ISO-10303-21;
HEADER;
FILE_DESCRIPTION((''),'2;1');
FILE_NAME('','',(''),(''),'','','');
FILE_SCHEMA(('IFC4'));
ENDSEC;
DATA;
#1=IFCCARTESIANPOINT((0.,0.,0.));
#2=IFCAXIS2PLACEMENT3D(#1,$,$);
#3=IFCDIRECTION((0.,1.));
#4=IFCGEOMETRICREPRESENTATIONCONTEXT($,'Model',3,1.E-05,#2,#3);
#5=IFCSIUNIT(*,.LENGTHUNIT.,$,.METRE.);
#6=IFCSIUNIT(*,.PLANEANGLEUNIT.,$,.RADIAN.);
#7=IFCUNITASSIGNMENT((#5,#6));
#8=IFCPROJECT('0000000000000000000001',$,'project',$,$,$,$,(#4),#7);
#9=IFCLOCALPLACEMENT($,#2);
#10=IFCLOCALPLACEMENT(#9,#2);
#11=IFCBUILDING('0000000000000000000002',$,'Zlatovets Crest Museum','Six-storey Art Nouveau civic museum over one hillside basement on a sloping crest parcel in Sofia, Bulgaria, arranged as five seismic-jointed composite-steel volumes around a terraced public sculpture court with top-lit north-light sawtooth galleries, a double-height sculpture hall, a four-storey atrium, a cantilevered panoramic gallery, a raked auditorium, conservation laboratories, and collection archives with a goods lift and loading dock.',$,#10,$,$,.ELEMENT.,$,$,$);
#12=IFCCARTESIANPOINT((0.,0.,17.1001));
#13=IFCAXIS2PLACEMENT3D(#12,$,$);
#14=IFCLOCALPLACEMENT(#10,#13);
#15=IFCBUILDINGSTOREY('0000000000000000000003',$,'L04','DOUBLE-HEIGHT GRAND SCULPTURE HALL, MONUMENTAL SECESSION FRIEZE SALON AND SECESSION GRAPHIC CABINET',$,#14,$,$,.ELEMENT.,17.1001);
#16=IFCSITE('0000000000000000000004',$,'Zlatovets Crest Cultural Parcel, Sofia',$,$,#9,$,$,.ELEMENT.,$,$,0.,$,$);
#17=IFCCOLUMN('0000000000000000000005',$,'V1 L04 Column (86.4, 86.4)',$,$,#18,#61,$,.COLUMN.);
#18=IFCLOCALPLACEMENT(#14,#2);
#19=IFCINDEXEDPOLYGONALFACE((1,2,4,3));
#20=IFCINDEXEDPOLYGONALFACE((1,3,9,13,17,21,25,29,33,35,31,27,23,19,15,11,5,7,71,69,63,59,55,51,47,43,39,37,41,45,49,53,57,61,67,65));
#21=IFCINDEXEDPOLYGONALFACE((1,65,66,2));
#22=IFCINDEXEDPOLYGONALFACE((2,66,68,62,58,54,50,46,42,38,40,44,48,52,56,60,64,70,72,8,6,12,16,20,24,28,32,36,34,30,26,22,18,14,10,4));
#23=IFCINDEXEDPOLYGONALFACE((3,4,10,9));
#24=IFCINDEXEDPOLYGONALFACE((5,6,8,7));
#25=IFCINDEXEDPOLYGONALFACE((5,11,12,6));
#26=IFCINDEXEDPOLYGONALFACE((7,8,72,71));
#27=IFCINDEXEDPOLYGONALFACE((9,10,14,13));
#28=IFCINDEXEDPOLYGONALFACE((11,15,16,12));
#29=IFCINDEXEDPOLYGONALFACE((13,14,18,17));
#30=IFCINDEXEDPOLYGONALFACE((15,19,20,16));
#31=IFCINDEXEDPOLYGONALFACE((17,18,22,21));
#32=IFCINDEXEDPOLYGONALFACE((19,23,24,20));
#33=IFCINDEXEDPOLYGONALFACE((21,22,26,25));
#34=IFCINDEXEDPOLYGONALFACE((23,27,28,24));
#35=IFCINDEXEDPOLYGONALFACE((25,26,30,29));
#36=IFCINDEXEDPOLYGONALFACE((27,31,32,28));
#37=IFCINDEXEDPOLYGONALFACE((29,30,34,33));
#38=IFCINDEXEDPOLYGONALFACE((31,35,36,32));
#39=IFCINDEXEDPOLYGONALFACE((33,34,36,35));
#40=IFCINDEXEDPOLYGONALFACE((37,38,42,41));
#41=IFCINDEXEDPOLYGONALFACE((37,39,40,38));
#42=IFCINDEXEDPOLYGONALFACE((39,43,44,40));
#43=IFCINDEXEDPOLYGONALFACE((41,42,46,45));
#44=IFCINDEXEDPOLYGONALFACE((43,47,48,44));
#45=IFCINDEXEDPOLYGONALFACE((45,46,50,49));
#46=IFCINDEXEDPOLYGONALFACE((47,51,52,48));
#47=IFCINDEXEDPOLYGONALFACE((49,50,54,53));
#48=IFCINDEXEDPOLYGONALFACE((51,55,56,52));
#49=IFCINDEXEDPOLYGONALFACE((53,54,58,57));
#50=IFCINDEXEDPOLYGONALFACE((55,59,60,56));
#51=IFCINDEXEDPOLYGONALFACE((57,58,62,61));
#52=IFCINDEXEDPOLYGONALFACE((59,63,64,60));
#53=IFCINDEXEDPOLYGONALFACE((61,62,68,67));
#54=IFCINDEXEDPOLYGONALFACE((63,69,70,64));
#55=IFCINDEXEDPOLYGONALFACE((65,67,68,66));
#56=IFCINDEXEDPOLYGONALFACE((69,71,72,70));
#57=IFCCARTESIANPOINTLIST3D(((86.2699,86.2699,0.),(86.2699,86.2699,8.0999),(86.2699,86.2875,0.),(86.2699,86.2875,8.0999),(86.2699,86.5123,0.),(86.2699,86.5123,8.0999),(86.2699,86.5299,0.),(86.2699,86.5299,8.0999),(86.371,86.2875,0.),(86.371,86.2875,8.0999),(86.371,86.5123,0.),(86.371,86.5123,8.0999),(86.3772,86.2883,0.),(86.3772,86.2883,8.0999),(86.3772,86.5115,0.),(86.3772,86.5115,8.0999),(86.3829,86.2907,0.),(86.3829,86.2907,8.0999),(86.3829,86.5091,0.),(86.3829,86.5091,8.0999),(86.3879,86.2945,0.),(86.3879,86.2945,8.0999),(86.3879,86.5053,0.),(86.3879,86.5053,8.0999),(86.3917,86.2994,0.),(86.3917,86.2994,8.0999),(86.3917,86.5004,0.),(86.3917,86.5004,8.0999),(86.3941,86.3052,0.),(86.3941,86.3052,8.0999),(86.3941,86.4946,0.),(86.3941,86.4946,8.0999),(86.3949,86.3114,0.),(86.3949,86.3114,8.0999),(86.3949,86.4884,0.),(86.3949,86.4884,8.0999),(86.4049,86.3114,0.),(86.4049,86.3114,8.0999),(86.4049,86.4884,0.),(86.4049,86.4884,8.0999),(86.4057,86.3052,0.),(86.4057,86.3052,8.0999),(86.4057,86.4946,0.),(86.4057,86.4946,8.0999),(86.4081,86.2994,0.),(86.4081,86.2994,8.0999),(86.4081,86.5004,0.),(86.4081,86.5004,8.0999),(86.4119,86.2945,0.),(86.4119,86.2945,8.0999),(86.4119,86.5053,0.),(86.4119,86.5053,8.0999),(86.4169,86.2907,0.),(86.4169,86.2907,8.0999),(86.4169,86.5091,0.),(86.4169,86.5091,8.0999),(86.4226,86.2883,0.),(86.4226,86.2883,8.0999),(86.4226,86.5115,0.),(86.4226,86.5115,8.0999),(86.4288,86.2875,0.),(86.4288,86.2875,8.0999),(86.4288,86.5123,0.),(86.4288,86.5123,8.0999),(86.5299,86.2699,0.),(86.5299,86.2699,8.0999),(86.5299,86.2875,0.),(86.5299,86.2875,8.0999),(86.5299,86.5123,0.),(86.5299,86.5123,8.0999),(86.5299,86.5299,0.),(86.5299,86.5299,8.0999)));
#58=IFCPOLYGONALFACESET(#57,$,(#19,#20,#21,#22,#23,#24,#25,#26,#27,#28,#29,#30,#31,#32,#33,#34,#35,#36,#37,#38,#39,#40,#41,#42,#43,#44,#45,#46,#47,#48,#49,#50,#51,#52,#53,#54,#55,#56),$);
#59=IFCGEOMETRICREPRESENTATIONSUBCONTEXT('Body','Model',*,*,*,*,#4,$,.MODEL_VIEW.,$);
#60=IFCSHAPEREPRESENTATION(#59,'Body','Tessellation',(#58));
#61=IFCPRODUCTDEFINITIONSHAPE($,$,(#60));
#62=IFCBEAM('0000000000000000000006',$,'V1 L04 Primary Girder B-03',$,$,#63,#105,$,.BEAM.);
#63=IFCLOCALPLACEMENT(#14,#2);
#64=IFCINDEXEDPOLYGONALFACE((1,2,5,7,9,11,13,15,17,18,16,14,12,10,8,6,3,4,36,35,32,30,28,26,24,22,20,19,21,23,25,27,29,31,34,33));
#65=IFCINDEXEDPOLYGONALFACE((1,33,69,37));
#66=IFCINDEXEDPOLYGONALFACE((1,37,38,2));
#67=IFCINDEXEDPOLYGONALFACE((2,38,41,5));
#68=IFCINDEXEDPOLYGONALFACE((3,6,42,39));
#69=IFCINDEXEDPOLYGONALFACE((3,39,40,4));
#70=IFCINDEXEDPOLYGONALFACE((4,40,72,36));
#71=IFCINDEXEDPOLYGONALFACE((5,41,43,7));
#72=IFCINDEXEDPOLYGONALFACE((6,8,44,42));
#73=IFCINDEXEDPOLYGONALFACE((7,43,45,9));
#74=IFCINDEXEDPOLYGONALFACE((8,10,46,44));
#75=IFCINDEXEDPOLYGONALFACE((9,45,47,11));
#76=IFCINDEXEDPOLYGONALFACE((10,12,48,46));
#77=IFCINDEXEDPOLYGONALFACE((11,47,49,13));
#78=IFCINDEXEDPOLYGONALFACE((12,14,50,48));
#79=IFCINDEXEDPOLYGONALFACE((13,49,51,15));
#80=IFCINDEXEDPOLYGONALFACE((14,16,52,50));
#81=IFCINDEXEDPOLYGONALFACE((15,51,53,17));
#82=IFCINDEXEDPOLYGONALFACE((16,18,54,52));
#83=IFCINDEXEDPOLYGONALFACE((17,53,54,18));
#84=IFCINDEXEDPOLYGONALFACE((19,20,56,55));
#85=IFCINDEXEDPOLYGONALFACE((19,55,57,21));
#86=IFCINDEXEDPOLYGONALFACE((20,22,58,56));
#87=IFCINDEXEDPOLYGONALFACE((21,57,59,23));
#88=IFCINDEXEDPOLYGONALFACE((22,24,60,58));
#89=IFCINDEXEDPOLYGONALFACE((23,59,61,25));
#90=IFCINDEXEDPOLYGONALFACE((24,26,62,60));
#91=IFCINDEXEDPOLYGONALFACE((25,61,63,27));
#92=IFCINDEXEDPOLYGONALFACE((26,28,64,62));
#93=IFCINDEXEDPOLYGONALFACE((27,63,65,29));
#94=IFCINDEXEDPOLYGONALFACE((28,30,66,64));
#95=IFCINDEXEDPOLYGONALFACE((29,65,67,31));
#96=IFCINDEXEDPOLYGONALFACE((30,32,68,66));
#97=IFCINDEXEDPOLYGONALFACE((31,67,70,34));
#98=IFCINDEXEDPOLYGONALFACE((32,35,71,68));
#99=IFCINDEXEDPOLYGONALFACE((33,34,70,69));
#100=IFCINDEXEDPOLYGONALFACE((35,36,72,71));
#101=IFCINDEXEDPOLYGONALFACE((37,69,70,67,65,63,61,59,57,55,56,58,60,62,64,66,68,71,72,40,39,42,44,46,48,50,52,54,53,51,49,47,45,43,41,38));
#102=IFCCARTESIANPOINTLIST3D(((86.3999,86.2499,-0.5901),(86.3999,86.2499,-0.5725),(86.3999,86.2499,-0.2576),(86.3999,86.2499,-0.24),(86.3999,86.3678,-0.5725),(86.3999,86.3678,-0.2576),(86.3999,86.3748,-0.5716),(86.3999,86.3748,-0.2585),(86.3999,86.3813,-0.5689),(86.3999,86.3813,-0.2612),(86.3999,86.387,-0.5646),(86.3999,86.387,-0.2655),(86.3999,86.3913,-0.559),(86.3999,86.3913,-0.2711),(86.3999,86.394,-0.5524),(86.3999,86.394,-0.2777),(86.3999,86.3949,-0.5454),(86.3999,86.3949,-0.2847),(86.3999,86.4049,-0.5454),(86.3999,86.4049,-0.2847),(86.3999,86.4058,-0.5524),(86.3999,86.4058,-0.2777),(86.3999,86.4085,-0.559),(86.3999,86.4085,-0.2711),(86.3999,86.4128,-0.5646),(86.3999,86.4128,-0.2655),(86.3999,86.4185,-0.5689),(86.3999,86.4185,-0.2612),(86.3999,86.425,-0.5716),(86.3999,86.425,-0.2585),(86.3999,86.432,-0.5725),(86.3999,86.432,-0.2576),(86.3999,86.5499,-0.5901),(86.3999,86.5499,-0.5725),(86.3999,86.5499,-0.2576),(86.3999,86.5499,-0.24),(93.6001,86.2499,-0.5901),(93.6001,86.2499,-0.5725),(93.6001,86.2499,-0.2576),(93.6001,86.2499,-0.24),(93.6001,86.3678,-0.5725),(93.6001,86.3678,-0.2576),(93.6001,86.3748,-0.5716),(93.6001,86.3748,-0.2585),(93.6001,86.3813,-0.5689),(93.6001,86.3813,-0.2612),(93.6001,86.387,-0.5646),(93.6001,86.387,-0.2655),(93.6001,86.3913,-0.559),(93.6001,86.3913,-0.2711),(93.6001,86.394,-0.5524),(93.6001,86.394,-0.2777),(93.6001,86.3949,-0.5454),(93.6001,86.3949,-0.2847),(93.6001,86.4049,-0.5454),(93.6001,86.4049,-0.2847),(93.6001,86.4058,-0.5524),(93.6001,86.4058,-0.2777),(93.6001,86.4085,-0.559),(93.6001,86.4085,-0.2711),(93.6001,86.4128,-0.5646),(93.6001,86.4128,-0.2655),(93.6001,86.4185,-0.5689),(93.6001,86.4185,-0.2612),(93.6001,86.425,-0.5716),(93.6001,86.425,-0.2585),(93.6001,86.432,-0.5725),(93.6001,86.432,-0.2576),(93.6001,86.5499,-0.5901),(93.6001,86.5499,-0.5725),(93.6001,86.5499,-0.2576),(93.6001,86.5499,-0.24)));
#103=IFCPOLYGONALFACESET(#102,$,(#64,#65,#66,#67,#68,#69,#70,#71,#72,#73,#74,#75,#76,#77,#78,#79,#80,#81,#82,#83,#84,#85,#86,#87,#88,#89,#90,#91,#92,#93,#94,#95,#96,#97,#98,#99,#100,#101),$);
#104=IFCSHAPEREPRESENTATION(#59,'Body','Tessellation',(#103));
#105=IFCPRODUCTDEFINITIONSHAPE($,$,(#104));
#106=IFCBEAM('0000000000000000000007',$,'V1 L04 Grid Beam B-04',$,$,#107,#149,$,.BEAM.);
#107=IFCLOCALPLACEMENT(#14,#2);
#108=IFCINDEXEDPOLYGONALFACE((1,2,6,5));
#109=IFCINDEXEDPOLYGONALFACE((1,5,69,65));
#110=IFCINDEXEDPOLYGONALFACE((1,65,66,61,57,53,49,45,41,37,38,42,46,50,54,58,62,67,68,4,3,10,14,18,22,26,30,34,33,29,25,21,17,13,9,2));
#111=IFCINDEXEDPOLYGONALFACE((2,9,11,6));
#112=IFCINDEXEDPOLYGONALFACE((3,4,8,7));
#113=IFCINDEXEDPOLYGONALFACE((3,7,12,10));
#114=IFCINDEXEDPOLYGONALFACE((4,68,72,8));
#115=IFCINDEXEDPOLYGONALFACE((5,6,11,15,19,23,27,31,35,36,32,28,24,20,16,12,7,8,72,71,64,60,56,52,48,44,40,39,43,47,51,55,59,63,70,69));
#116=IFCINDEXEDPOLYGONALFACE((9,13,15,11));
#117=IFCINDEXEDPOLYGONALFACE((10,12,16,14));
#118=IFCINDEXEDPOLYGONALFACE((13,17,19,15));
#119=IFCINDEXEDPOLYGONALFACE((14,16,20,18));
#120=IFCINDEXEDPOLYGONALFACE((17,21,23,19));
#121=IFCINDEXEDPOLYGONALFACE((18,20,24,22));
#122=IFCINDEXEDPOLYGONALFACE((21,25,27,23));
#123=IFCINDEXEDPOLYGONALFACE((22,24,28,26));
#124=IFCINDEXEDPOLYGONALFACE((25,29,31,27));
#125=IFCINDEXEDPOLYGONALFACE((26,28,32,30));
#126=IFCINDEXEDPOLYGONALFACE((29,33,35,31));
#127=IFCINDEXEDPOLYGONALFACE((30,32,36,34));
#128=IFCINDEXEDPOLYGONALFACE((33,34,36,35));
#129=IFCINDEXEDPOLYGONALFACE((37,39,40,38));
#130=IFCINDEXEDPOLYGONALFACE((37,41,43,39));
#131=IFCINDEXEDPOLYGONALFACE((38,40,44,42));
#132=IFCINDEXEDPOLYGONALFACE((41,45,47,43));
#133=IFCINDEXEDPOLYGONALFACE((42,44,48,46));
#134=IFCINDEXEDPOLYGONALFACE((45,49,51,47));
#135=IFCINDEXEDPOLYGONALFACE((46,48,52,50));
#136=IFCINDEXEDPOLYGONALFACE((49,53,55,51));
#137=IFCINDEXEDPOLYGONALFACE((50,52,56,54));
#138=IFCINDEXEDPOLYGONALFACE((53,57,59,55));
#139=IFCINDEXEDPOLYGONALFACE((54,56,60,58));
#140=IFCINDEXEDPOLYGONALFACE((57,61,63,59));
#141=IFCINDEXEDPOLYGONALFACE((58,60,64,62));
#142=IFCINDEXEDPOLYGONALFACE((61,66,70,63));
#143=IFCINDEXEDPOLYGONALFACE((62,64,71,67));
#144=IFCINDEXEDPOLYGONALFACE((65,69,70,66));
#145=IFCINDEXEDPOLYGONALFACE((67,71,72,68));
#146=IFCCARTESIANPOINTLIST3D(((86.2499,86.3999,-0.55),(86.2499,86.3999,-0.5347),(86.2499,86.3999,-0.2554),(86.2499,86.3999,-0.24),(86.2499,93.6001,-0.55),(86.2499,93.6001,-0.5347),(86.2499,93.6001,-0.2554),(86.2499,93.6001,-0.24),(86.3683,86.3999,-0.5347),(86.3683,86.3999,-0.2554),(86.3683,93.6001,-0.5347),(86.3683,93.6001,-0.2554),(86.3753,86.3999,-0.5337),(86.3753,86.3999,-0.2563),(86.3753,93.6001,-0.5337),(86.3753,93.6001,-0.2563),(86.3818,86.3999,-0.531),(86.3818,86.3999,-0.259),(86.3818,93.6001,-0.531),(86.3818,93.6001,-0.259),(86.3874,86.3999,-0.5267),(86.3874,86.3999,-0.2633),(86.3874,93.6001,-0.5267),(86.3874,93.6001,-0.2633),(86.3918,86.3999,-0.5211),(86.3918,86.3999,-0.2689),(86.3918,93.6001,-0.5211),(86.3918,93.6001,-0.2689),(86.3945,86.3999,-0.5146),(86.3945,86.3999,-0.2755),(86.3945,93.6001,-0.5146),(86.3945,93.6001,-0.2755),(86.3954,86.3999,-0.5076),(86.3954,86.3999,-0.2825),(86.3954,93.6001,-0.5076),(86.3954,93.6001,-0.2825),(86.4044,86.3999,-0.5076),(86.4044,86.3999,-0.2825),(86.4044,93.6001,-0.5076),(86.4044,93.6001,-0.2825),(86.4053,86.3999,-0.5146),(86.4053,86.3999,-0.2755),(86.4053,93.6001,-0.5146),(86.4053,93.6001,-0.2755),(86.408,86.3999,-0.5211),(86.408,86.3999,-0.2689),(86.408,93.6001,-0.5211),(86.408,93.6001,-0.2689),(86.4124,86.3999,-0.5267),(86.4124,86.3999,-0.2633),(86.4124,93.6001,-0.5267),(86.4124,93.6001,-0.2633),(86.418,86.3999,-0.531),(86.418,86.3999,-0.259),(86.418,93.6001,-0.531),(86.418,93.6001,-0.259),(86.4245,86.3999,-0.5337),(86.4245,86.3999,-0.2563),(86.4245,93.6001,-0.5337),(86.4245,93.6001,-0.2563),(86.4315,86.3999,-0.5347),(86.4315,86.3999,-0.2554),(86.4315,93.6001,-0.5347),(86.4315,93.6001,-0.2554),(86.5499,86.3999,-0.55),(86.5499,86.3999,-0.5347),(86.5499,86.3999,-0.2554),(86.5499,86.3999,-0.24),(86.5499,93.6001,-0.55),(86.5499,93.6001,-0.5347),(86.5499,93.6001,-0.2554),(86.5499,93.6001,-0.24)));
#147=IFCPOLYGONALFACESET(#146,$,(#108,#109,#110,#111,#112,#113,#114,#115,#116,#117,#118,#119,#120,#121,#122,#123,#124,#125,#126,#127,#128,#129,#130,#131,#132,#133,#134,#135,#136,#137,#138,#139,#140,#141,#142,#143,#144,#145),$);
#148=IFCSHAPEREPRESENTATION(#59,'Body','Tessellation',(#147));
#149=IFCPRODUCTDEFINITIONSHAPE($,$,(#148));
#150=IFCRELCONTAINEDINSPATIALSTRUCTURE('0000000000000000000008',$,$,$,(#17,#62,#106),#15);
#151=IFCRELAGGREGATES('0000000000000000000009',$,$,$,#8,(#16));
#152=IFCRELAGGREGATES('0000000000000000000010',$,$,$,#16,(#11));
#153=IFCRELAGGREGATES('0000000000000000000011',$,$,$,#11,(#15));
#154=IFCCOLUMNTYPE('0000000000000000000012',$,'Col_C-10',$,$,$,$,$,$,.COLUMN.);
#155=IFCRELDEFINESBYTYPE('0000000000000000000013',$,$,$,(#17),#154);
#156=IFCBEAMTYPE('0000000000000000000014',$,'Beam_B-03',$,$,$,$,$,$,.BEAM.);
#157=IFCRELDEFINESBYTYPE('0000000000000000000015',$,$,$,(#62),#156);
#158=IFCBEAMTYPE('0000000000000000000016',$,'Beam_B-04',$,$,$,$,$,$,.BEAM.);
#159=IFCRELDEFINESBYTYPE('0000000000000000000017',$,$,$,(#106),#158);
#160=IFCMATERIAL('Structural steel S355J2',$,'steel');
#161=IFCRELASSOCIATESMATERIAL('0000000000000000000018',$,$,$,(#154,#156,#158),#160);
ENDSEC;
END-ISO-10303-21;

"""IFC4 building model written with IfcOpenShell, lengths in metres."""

from ifc_helpers import new_model, si_unit, direction, frame, origin, origin_2d, place, context, subcontext, project, spatial, i_section, extrude, material, material_profile, profile_set, type_object, element, save


model = new_model("IFC4")

# Units and contexts
model_context = context("Model", 3, precision=1e-05, world=origin(), true_north=direction((0.0, 1.0)))
body_context = subcontext(model_context, "Body", "Model", "MODEL_VIEW")
ifc_project = project(units=[si_unit("LENGTHUNIT", "METRE"), si_unit("PLANEANGLEUNIT", "RADIAN")], contexts=[model_context])

# Site, building, storey
site_placement = place(None, origin())
site = spatial("IfcSite", under=ifc_project, at=site_placement, Name="Zlatovets Crest Cultural Parcel, Sofia", CompositionType="ELEMENT", RefElevation=0.0)
building_placement = place(site_placement, origin())
building = spatial("IfcBuilding", under=site, at=building_placement, Name="Zlatovets Crest Museum", Description="Six-storey Art Nouveau civic museum over one hillside basement on a sloping crest parcel in Sofia, Bulgaria, arranged as five seismic-jointed composite-steel volumes around a terraced public sculpture court with top-lit north-light sawtooth galleries, a double-height sculpture hall, a four-storey atrium, a cantilevered panoramic gallery, a raked auditorium, conservation laboratories, and collection archives with a goods lift and loading dock.", CompositionType="ELEMENT")
storey_placement = place(building_placement, frame((0.0, 0.0, 17.1001)))
storey = spatial("IfcBuildingStorey", under=building, at=storey_placement, Name="L04", Description="DOUBLE-HEIGHT GRAND SCULPTURE HALL, MONUMENTAL SECESSION FRIEZE SALON AND SECESSION GRAPHIC CABINET", CompositionType="ELEMENT", Elevation=17.1001)

# Column
ifc_material_1 = material(Name="Structural steel S355J2", Category="steel")
ifc_material_profile_1 = material_profile(ifc_material_1, i_section(OverallWidth=0.26, OverallDepth=0.26, WebThickness=0.01, FlangeThickness=0.0176, FilletRadius=0.0239, at=origin_2d()), Name="HEB 260")
ifc_profile_set_1 = profile_set([ifc_material_profile_1], Name="Structural steel S355J2")
column_type = type_object("IfcColumnType", Name="Col_C-10", PredefinedType="COLUMN", material=ifc_profile_set_1)
column_placement = place(storey_placement, frame((86.3999, 86.3999, 0.0), z_axis=(0.0, 0.0, 1.0), x_axis=(1.0, 0.0, 0.0)))
element("IfcColumn", 1, at=column_placement, inside=storey, type_object=column_type, Name="V1 L04 Column (86.4, 86.4)", PredefinedType="COLUMN", context=body_context, shape_type="SweptSolid", body=[
    extrude(i_section(OverallWidth=0.26, OverallDepth=0.26, WebThickness=0.01, FlangeThickness=0.0176, FilletRadius=0.0239, at=origin_2d()), origin(), (0.0, 0.0, 1.0), 8.0999),
])

# Beams
ifc_material_profile_2 = material_profile(ifc_material_1, i_section(OverallWidth=0.3, OverallDepth=0.3501, WebThickness=0.01, FlangeThickness=0.0176, FilletRadius=0.0271, at=origin_2d()), Name="HEA 360")
ifc_profile_set_2 = profile_set([ifc_material_profile_2], Name="Structural steel S355J2")
beam_type_1 = type_object("IfcBeamType", Name="Beam_B-03", PredefinedType="BEAM", material=ifc_profile_set_2)
beam_1_placement = place(storey_placement, frame((86.3999, 86.3999, -0.415), z_axis=(1.0, 0.0, 0.0), x_axis=(0.0, 1.0, 0.0)))
element("IfcBeam", 2, at=beam_1_placement, inside=storey, type_object=beam_type_1, Name="V1 L04 Primary Girder B-03", PredefinedType="BEAM", context=body_context, shape_type="SweptSolid", body=[
    extrude(i_section(OverallWidth=0.3, OverallDepth=0.3501, WebThickness=0.01, FlangeThickness=0.0176, FilletRadius=0.0271, at=origin_2d()), origin(), (0.0, 0.0, 1.0), 7.2002),
])
ifc_material_profile_3 = material_profile(ifc_material_1, i_section(OverallWidth=0.3, OverallDepth=0.3101, WebThickness=0.009, FlangeThickness=0.0154, FilletRadius=0.0271, at=origin_2d()), Name="HEA 320")
ifc_profile_set_3 = profile_set([ifc_material_profile_3], Name="Structural steel S355J2")
beam_type_2 = type_object("IfcBeamType", Name="Beam_B-04", PredefinedType="BEAM", material=ifc_profile_set_3)
beam_2_placement = place(storey_placement, frame((86.3999, 86.3999, -0.395), z_axis=(0.0, 1.0, 0.0), x_axis=(-1.0, 0.0, 0.0)))
element("IfcBeam", 3, at=beam_2_placement, inside=storey, type_object=beam_type_2, Name="V1 L04 Grid Beam B-04", PredefinedType="BEAM", context=body_context, shape_type="SweptSolid", body=[
    extrude(i_section(OverallWidth=0.3, OverallDepth=0.3101, WebThickness=0.009, FlangeThickness=0.0154, FilletRadius=0.0271, at=origin_2d()), origin(), (0.0, 0.0, 1.0), 7.2002),
])

save(model, "model.ifc")
